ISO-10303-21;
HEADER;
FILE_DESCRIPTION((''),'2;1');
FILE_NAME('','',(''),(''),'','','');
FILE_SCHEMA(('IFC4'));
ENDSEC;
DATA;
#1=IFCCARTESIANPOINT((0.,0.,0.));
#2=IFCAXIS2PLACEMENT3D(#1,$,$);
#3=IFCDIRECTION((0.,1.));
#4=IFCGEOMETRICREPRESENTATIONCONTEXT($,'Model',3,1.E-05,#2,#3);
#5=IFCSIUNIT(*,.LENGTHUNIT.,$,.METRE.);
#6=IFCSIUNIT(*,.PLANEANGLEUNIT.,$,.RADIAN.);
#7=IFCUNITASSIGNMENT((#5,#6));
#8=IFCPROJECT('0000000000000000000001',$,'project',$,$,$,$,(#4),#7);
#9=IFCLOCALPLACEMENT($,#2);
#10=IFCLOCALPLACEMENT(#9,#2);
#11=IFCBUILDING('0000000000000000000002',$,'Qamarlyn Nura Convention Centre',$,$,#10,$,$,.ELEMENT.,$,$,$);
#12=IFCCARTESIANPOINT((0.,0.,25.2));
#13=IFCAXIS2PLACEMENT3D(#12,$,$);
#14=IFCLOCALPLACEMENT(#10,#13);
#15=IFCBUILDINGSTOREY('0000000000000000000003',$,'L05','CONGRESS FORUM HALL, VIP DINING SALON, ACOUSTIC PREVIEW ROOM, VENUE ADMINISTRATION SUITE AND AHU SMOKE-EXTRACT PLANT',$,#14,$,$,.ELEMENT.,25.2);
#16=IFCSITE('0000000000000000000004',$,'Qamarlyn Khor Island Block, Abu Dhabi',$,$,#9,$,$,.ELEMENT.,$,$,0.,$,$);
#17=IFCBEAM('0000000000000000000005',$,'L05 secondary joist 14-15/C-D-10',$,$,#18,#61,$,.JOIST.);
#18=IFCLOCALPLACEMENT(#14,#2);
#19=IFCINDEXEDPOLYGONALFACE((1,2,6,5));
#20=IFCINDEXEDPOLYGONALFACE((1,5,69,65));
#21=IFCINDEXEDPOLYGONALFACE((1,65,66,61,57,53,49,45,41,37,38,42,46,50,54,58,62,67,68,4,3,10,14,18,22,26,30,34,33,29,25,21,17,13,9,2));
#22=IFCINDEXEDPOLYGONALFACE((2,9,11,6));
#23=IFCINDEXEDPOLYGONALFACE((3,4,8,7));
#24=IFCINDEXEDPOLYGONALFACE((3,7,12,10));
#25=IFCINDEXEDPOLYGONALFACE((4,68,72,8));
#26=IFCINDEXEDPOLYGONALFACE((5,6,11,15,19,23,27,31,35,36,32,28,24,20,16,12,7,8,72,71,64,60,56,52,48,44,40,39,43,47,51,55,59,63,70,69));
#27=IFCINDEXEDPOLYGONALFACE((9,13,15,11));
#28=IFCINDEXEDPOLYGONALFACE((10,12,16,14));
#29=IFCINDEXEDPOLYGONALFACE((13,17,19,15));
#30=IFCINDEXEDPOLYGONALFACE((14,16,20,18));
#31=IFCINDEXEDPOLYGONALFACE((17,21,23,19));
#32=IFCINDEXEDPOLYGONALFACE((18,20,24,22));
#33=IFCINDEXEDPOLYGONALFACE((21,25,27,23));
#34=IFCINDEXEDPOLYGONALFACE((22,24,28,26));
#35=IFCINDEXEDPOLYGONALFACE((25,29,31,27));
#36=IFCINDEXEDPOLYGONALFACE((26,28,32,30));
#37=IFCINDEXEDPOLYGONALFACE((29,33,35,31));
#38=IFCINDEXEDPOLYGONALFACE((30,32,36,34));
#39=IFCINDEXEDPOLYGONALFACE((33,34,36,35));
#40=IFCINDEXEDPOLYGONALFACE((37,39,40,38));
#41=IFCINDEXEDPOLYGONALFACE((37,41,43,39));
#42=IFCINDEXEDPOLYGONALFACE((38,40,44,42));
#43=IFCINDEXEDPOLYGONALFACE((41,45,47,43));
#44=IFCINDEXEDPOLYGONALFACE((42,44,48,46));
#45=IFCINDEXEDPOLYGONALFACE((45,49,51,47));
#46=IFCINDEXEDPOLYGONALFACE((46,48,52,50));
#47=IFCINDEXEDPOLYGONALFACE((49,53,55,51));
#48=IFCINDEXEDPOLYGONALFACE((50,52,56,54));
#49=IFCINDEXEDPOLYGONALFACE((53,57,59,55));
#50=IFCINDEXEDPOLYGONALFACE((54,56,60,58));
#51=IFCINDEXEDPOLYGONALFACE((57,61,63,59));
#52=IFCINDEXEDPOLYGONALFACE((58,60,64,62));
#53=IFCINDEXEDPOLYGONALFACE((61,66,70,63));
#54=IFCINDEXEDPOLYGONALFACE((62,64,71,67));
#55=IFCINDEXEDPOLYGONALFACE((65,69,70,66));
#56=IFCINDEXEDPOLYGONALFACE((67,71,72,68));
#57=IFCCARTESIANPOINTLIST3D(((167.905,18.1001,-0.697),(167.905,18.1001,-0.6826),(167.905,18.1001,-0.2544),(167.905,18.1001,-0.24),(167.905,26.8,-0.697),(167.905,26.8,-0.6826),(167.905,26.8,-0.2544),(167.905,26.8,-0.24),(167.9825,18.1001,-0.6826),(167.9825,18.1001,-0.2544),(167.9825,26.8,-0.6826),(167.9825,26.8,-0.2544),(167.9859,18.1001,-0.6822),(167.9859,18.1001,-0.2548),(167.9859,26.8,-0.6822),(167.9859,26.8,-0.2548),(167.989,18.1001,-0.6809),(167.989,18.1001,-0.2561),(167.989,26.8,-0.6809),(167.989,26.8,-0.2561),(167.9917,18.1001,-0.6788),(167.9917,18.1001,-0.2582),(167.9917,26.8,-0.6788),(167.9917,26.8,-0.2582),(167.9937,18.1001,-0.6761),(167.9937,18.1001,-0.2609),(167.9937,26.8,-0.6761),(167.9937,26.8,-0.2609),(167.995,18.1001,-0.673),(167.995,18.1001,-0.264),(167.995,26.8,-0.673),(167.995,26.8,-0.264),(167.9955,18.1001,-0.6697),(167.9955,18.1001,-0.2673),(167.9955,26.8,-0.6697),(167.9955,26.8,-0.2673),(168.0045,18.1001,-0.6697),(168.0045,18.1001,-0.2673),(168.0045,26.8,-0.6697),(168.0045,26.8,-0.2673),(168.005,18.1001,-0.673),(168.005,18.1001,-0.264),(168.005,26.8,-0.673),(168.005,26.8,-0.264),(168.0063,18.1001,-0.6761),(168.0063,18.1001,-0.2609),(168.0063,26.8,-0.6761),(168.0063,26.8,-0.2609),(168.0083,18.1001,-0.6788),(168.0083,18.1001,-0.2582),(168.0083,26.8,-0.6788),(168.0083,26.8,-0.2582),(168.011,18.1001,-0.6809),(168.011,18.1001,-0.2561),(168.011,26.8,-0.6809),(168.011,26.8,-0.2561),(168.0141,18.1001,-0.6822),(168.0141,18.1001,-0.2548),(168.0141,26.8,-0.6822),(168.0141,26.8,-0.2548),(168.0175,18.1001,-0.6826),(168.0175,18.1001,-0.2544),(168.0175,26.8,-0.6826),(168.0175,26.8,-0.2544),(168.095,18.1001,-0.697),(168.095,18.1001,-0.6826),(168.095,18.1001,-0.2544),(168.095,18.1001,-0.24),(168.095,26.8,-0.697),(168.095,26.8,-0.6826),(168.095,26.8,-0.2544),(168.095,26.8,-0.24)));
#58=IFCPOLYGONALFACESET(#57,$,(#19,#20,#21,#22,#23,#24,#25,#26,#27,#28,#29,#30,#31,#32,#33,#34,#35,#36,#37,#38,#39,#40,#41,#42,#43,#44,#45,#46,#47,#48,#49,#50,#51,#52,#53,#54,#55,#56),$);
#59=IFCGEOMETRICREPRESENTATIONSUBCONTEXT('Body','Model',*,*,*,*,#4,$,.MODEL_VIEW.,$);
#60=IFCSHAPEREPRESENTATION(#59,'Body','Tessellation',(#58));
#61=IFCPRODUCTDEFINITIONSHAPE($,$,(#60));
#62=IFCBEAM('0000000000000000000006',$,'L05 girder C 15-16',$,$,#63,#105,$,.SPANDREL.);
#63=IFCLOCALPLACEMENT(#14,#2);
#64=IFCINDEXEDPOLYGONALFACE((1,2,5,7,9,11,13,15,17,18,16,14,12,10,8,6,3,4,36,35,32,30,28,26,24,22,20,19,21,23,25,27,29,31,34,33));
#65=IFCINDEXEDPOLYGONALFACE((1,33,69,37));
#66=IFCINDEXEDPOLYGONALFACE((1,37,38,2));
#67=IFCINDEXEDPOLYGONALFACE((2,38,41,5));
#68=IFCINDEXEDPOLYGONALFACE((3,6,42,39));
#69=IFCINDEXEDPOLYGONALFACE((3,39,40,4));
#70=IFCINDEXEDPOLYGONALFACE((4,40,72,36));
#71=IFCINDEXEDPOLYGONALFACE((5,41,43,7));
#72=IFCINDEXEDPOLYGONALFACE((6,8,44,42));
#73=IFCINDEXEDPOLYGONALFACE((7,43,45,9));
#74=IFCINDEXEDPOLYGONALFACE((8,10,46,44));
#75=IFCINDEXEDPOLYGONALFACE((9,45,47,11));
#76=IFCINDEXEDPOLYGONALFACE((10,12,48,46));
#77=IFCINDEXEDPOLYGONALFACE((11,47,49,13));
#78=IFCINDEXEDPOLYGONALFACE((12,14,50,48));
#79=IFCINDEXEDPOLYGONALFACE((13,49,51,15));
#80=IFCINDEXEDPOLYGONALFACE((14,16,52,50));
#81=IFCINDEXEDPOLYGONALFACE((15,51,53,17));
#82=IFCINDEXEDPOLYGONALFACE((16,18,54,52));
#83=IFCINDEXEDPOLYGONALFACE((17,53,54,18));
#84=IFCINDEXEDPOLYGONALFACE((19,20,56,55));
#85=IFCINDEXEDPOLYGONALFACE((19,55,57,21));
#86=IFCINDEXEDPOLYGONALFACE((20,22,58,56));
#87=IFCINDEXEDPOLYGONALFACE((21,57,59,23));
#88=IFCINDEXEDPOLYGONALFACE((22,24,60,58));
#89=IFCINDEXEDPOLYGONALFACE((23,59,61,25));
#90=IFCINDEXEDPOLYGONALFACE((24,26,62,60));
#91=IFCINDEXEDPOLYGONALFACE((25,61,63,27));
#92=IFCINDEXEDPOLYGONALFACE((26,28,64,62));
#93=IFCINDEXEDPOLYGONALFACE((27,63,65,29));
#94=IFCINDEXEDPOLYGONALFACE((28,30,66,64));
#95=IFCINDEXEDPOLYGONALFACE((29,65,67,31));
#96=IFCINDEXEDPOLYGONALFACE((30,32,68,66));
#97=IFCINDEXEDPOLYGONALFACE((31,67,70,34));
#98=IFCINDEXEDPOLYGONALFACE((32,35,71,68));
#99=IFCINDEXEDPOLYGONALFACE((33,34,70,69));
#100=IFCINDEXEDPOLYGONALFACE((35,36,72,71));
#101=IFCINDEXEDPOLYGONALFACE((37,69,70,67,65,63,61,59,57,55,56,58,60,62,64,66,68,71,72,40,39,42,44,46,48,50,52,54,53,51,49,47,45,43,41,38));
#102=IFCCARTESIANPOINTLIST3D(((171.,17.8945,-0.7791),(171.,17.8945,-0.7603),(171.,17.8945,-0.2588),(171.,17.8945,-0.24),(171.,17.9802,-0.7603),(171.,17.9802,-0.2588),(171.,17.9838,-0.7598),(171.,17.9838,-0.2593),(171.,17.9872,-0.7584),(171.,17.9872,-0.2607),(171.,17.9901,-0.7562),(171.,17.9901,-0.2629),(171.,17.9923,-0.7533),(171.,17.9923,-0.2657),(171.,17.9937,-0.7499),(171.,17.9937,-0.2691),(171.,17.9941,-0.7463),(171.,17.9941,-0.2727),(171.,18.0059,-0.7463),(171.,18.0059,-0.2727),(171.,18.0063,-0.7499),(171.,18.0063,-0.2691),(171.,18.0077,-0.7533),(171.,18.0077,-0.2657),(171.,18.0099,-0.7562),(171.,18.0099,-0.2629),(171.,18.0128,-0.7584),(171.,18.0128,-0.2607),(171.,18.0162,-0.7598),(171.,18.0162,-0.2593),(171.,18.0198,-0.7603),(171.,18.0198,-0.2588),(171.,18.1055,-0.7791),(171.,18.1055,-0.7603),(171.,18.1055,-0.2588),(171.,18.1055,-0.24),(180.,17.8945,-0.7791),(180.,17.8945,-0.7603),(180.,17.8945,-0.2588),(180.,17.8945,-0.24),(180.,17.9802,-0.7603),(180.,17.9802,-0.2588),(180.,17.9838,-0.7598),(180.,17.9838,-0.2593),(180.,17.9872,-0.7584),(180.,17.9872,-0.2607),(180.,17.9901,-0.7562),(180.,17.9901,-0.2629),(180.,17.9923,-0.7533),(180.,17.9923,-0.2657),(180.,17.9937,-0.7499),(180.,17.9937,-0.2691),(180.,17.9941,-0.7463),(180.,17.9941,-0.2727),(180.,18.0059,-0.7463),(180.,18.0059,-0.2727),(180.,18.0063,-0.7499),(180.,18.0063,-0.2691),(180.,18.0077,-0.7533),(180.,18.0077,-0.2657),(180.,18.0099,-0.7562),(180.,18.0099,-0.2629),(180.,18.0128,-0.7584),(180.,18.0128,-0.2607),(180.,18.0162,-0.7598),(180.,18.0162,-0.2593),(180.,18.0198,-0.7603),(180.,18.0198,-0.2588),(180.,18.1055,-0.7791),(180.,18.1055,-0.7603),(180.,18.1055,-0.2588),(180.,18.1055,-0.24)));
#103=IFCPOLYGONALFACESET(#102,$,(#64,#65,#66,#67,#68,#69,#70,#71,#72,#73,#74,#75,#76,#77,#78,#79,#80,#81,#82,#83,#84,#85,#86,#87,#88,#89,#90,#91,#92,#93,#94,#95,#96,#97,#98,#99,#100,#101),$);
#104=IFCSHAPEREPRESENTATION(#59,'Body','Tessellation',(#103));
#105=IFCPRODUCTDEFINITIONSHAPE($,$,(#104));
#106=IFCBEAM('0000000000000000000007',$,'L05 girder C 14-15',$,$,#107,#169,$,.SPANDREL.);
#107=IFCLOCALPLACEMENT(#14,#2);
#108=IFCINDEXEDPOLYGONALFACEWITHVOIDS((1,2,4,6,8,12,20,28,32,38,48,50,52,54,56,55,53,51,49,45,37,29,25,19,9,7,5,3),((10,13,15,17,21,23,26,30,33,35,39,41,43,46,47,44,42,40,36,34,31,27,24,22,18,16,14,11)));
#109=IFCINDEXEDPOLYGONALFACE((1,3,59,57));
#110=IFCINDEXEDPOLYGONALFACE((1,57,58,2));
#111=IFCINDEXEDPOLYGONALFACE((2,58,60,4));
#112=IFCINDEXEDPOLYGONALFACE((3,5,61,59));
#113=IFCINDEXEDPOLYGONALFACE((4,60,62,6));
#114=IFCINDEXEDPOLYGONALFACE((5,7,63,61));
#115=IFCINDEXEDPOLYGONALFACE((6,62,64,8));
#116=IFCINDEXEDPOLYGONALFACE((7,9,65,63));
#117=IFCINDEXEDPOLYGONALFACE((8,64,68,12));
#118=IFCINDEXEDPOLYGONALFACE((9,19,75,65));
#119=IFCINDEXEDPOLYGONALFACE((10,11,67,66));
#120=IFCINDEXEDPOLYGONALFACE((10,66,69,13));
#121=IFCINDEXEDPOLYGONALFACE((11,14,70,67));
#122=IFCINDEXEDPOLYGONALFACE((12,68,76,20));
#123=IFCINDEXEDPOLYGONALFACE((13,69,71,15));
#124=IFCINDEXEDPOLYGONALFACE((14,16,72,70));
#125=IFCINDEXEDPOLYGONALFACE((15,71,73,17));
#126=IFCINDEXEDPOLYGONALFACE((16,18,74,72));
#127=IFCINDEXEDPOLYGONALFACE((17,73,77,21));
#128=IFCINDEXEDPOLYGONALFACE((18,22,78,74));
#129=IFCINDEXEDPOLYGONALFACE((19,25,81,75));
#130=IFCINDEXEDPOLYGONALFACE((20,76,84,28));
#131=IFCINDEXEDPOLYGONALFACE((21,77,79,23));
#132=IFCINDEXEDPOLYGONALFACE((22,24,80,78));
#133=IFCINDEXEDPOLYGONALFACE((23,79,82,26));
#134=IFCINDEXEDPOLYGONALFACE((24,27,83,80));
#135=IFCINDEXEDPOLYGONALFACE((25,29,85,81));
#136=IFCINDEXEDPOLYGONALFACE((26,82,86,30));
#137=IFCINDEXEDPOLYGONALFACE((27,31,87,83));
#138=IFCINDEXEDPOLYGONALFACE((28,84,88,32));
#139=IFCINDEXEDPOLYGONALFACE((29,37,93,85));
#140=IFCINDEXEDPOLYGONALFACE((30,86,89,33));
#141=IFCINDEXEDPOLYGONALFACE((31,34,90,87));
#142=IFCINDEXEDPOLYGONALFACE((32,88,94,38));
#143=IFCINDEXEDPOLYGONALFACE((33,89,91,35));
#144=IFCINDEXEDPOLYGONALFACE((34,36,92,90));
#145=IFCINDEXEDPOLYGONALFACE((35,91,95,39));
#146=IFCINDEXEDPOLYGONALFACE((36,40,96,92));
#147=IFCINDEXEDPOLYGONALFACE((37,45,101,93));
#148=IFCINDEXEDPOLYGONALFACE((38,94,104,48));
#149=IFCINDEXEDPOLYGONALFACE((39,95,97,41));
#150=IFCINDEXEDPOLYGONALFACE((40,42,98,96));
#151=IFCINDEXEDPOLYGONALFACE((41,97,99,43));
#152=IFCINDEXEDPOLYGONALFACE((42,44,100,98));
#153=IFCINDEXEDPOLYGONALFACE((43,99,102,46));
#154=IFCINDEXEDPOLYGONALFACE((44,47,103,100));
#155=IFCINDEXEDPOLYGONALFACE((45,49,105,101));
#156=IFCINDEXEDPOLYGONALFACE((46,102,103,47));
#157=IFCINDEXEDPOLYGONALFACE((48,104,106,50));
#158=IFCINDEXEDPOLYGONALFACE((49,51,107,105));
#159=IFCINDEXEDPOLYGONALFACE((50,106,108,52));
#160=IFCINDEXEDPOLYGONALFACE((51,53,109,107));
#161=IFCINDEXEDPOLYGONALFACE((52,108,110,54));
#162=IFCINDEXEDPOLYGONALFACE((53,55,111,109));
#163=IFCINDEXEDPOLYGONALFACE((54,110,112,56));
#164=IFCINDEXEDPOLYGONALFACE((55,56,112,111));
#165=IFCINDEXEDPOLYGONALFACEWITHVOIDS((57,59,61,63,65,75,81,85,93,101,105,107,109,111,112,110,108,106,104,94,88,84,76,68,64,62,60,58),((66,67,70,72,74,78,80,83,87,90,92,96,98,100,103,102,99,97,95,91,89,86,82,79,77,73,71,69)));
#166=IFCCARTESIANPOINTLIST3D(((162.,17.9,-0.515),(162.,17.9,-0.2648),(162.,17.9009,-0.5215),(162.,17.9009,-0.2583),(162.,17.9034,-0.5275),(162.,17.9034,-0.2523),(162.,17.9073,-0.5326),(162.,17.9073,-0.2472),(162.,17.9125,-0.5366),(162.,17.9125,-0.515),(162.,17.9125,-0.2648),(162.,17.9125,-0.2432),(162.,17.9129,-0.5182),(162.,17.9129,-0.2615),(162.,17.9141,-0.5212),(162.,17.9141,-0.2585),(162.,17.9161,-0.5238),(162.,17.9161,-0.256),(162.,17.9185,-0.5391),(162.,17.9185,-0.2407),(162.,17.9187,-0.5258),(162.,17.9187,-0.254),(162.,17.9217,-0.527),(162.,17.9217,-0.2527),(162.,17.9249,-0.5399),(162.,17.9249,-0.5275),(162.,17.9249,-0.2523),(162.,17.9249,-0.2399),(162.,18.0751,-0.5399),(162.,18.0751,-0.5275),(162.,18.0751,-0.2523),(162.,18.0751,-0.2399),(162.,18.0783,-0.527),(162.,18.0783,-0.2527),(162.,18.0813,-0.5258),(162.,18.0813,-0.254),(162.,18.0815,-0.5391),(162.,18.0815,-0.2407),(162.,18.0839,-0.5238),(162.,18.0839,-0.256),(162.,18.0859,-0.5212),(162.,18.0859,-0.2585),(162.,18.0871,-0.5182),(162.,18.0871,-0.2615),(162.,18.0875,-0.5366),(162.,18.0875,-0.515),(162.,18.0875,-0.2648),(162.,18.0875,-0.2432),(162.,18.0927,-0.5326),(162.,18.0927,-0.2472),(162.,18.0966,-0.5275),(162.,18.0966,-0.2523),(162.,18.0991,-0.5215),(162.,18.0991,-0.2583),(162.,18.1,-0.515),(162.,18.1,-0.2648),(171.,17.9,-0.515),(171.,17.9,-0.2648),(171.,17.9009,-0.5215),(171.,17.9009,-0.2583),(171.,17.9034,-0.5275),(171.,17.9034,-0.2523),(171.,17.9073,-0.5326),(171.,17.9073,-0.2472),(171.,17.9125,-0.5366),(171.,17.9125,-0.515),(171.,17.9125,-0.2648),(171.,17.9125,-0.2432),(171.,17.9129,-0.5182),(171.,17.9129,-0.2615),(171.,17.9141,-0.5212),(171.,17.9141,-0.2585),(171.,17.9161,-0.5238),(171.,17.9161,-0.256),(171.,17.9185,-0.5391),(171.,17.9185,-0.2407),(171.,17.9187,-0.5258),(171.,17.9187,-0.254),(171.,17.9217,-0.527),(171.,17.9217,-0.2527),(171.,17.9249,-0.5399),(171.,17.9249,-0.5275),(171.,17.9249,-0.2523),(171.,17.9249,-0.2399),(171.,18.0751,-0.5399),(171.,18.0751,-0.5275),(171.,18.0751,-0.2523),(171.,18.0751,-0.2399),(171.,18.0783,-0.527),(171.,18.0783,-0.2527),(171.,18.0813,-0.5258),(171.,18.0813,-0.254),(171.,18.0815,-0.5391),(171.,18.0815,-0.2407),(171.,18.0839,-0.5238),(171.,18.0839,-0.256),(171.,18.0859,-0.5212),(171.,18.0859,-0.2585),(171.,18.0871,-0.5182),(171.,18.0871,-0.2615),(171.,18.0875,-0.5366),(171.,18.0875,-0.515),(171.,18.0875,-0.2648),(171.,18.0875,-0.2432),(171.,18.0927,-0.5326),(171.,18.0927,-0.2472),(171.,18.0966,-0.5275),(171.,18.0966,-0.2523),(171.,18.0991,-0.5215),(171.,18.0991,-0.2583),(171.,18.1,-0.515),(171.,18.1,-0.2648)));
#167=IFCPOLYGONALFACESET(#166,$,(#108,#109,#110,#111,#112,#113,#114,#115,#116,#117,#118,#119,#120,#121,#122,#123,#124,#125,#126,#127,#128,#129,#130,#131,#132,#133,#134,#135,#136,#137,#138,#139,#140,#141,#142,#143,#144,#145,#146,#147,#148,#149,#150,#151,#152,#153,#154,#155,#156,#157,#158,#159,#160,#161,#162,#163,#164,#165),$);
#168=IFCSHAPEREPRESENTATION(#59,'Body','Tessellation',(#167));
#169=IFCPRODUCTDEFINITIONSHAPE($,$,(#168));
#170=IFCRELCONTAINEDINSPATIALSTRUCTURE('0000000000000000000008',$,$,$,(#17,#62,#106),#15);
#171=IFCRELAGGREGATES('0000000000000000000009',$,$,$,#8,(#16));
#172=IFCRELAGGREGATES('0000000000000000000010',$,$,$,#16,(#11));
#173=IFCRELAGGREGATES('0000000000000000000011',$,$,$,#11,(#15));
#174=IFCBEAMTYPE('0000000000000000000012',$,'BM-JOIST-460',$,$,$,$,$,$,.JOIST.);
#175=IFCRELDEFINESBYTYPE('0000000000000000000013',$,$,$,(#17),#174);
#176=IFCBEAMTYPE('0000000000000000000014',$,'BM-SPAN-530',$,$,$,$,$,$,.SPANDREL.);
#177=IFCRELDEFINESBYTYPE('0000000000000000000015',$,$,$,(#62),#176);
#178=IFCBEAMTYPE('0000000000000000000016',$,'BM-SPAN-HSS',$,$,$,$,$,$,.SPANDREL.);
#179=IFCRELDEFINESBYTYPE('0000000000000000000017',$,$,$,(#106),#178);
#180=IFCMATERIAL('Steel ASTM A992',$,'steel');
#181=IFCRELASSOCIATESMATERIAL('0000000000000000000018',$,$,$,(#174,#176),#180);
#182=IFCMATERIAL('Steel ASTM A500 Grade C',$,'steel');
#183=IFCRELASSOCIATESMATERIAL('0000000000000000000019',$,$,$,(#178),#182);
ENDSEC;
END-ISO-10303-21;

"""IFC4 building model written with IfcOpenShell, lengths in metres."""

from ifc_helpers import new_model, si_unit, direction, frame, origin, origin_2d, place, context, subcontext, project, spatial, hollow_rectangle, i_section, extrude, material, material_profile, profile_set, type_object, element, save


model = new_model("IFC4")

# Units and contexts
model_context = context("Model", 3, precision=1e-05, world=origin(), true_north=direction((0.0, 1.0)))
body_context = subcontext(model_context, "Body", "Model", "MODEL_VIEW")
ifc_project = project(units=[si_unit("LENGTHUNIT", "METRE"), si_unit("PLANEANGLEUNIT", "RADIAN")], contexts=[model_context])

# Site, building, storey
site_placement = place(None, origin())
site = spatial("IfcSite", under=ifc_project, at=site_placement, Name="Qamarlyn Khor Island Block, Abu Dhabi", CompositionType="ELEMENT", RefElevation=0.0)
building_placement = place(site_placement, origin())
building = spatial("IfcBuilding", under=site, at=building_placement, Name="Qamarlyn Nura Convention Centre", CompositionType="ELEMENT")
storey_placement = place(building_placement, frame((0.0, 0.0, 25.2)))
storey = spatial("IfcBuildingStorey", under=building, at=storey_placement, Name="L05", Description="CONGRESS FORUM HALL, VIP DINING SALON, ACOUSTIC PREVIEW ROOM, VENUE ADMINISTRATION SUITE AND AHU SMOKE-EXTRACT PLANT", CompositionType="ELEMENT", Elevation=25.2)

# Shared definitions
ifc_material_1 = material(Name="Steel ASTM A992", Category="steel")

# Beams
ifc_material_profile_1 = material_profile(ifc_material_1, i_section(OverallWidth=0.1899, OverallDepth=0.457, WebThickness=0.009, FlangeThickness=0.0144, FilletRadius=0.0129, at=origin_2d()), Name="W460X74")
ifc_profile_set_1 = profile_set([ifc_material_profile_1], Name="Steel ASTM A992")
beam_type_1 = type_object("IfcBeamType", Name="BM-JOIST-460", PredefinedType="JOIST", material=ifc_profile_set_1)
for number, where, z_axis, x_axis, name in (
    (1, (168.0, 18.1001, -0.4685), (0.0, 1.0, 0.0), (-1.0, 0.0, 0.0), "L05 secondary joist 14-15/C-D-10"),
):
    element("IfcBeam", number, at=place(storey_placement, frame(where, z_axis=z_axis, x_axis=x_axis)), inside=storey, type_object=beam_type_1, Name=name, PredefinedType="JOIST", context=body_context, shape_type="SweptSolid", body=[
        extrude(i_section(OverallWidth=0.1899, OverallDepth=0.457, WebThickness=0.009, FlangeThickness=0.0144, FilletRadius=0.0129, at=origin_2d()), origin(), (0.0, 0.0, 1.0), 8.7),
    ])
ifc_material_profile_2 = material_profile(ifc_material_1, i_section(OverallWidth=0.2109, OverallDepth=0.5391, WebThickness=0.0117, FlangeThickness=0.0188, FilletRadius=0.0139, at=origin_2d()), Name="W530X109")
ifc_profile_set_2 = profile_set([ifc_material_profile_2], Name="Steel ASTM A992")
beam_type_2 = type_object("IfcBeamType", Name="BM-SPAN-530", PredefinedType="SPANDREL", material=ifc_profile_set_2)
beam_1_placement = place(storey_placement, frame((171.0, 18.0, -0.5095), z_axis=(1.0, 0.0, 0.0), x_axis=(0.0, 1.0, 0.0)))
element("IfcBeam", 2, at=beam_1_placement, inside=storey, type_object=beam_type_2, Name="L05 girder C 15-16", PredefinedType="SPANDREL", context=body_context, shape_type="SweptSolid", body=[
    extrude(i_section(OverallWidth=0.2109, OverallDepth=0.5391, WebThickness=0.0117, FlangeThickness=0.0188, FilletRadius=0.0139, at=origin_2d()), origin(), (0.0, 0.0, 1.0), 9.0),
])
ifc_material_2 = material(Name="Steel ASTM A500 Grade C", Category="steel")
ifc_material_profile_3 = material_profile(ifc_material_2, hollow_rectangle(XDim=0.2, YDim=0.3, WallThickness=0.0125, InnerFilletRadius=0.0125, OuterFilletRadius=0.0249, at=origin_2d()), Name="HSS300X200X12.5")
ifc_profile_set_3 = profile_set([ifc_material_profile_3], Name="Steel ASTM A500 Grade C")
beam_type_3 = type_object("IfcBeamType", Name="BM-SPAN-HSS", PredefinedType="SPANDREL", material=ifc_profile_set_3)
beam_2_placement = place(storey_placement, frame((162.0, 18.0, -0.3899), z_axis=(1.0, 0.0, 0.0), x_axis=(0.0, 1.0, 0.0)))
element("IfcBeam", 3, at=beam_2_placement, inside=storey, type_object=beam_type_3, Name="L05 girder C 14-15", PredefinedType="SPANDREL", context=body_context, shape_type="SweptSolid", body=[
    extrude(hollow_rectangle(XDim=0.2, YDim=0.3, WallThickness=0.0125, InnerFilletRadius=0.0125, OuterFilletRadius=0.0249, at=origin_2d()), origin(), (0.0, 0.0, 1.0), 9.0),
])

save(model, "model.ifc")
